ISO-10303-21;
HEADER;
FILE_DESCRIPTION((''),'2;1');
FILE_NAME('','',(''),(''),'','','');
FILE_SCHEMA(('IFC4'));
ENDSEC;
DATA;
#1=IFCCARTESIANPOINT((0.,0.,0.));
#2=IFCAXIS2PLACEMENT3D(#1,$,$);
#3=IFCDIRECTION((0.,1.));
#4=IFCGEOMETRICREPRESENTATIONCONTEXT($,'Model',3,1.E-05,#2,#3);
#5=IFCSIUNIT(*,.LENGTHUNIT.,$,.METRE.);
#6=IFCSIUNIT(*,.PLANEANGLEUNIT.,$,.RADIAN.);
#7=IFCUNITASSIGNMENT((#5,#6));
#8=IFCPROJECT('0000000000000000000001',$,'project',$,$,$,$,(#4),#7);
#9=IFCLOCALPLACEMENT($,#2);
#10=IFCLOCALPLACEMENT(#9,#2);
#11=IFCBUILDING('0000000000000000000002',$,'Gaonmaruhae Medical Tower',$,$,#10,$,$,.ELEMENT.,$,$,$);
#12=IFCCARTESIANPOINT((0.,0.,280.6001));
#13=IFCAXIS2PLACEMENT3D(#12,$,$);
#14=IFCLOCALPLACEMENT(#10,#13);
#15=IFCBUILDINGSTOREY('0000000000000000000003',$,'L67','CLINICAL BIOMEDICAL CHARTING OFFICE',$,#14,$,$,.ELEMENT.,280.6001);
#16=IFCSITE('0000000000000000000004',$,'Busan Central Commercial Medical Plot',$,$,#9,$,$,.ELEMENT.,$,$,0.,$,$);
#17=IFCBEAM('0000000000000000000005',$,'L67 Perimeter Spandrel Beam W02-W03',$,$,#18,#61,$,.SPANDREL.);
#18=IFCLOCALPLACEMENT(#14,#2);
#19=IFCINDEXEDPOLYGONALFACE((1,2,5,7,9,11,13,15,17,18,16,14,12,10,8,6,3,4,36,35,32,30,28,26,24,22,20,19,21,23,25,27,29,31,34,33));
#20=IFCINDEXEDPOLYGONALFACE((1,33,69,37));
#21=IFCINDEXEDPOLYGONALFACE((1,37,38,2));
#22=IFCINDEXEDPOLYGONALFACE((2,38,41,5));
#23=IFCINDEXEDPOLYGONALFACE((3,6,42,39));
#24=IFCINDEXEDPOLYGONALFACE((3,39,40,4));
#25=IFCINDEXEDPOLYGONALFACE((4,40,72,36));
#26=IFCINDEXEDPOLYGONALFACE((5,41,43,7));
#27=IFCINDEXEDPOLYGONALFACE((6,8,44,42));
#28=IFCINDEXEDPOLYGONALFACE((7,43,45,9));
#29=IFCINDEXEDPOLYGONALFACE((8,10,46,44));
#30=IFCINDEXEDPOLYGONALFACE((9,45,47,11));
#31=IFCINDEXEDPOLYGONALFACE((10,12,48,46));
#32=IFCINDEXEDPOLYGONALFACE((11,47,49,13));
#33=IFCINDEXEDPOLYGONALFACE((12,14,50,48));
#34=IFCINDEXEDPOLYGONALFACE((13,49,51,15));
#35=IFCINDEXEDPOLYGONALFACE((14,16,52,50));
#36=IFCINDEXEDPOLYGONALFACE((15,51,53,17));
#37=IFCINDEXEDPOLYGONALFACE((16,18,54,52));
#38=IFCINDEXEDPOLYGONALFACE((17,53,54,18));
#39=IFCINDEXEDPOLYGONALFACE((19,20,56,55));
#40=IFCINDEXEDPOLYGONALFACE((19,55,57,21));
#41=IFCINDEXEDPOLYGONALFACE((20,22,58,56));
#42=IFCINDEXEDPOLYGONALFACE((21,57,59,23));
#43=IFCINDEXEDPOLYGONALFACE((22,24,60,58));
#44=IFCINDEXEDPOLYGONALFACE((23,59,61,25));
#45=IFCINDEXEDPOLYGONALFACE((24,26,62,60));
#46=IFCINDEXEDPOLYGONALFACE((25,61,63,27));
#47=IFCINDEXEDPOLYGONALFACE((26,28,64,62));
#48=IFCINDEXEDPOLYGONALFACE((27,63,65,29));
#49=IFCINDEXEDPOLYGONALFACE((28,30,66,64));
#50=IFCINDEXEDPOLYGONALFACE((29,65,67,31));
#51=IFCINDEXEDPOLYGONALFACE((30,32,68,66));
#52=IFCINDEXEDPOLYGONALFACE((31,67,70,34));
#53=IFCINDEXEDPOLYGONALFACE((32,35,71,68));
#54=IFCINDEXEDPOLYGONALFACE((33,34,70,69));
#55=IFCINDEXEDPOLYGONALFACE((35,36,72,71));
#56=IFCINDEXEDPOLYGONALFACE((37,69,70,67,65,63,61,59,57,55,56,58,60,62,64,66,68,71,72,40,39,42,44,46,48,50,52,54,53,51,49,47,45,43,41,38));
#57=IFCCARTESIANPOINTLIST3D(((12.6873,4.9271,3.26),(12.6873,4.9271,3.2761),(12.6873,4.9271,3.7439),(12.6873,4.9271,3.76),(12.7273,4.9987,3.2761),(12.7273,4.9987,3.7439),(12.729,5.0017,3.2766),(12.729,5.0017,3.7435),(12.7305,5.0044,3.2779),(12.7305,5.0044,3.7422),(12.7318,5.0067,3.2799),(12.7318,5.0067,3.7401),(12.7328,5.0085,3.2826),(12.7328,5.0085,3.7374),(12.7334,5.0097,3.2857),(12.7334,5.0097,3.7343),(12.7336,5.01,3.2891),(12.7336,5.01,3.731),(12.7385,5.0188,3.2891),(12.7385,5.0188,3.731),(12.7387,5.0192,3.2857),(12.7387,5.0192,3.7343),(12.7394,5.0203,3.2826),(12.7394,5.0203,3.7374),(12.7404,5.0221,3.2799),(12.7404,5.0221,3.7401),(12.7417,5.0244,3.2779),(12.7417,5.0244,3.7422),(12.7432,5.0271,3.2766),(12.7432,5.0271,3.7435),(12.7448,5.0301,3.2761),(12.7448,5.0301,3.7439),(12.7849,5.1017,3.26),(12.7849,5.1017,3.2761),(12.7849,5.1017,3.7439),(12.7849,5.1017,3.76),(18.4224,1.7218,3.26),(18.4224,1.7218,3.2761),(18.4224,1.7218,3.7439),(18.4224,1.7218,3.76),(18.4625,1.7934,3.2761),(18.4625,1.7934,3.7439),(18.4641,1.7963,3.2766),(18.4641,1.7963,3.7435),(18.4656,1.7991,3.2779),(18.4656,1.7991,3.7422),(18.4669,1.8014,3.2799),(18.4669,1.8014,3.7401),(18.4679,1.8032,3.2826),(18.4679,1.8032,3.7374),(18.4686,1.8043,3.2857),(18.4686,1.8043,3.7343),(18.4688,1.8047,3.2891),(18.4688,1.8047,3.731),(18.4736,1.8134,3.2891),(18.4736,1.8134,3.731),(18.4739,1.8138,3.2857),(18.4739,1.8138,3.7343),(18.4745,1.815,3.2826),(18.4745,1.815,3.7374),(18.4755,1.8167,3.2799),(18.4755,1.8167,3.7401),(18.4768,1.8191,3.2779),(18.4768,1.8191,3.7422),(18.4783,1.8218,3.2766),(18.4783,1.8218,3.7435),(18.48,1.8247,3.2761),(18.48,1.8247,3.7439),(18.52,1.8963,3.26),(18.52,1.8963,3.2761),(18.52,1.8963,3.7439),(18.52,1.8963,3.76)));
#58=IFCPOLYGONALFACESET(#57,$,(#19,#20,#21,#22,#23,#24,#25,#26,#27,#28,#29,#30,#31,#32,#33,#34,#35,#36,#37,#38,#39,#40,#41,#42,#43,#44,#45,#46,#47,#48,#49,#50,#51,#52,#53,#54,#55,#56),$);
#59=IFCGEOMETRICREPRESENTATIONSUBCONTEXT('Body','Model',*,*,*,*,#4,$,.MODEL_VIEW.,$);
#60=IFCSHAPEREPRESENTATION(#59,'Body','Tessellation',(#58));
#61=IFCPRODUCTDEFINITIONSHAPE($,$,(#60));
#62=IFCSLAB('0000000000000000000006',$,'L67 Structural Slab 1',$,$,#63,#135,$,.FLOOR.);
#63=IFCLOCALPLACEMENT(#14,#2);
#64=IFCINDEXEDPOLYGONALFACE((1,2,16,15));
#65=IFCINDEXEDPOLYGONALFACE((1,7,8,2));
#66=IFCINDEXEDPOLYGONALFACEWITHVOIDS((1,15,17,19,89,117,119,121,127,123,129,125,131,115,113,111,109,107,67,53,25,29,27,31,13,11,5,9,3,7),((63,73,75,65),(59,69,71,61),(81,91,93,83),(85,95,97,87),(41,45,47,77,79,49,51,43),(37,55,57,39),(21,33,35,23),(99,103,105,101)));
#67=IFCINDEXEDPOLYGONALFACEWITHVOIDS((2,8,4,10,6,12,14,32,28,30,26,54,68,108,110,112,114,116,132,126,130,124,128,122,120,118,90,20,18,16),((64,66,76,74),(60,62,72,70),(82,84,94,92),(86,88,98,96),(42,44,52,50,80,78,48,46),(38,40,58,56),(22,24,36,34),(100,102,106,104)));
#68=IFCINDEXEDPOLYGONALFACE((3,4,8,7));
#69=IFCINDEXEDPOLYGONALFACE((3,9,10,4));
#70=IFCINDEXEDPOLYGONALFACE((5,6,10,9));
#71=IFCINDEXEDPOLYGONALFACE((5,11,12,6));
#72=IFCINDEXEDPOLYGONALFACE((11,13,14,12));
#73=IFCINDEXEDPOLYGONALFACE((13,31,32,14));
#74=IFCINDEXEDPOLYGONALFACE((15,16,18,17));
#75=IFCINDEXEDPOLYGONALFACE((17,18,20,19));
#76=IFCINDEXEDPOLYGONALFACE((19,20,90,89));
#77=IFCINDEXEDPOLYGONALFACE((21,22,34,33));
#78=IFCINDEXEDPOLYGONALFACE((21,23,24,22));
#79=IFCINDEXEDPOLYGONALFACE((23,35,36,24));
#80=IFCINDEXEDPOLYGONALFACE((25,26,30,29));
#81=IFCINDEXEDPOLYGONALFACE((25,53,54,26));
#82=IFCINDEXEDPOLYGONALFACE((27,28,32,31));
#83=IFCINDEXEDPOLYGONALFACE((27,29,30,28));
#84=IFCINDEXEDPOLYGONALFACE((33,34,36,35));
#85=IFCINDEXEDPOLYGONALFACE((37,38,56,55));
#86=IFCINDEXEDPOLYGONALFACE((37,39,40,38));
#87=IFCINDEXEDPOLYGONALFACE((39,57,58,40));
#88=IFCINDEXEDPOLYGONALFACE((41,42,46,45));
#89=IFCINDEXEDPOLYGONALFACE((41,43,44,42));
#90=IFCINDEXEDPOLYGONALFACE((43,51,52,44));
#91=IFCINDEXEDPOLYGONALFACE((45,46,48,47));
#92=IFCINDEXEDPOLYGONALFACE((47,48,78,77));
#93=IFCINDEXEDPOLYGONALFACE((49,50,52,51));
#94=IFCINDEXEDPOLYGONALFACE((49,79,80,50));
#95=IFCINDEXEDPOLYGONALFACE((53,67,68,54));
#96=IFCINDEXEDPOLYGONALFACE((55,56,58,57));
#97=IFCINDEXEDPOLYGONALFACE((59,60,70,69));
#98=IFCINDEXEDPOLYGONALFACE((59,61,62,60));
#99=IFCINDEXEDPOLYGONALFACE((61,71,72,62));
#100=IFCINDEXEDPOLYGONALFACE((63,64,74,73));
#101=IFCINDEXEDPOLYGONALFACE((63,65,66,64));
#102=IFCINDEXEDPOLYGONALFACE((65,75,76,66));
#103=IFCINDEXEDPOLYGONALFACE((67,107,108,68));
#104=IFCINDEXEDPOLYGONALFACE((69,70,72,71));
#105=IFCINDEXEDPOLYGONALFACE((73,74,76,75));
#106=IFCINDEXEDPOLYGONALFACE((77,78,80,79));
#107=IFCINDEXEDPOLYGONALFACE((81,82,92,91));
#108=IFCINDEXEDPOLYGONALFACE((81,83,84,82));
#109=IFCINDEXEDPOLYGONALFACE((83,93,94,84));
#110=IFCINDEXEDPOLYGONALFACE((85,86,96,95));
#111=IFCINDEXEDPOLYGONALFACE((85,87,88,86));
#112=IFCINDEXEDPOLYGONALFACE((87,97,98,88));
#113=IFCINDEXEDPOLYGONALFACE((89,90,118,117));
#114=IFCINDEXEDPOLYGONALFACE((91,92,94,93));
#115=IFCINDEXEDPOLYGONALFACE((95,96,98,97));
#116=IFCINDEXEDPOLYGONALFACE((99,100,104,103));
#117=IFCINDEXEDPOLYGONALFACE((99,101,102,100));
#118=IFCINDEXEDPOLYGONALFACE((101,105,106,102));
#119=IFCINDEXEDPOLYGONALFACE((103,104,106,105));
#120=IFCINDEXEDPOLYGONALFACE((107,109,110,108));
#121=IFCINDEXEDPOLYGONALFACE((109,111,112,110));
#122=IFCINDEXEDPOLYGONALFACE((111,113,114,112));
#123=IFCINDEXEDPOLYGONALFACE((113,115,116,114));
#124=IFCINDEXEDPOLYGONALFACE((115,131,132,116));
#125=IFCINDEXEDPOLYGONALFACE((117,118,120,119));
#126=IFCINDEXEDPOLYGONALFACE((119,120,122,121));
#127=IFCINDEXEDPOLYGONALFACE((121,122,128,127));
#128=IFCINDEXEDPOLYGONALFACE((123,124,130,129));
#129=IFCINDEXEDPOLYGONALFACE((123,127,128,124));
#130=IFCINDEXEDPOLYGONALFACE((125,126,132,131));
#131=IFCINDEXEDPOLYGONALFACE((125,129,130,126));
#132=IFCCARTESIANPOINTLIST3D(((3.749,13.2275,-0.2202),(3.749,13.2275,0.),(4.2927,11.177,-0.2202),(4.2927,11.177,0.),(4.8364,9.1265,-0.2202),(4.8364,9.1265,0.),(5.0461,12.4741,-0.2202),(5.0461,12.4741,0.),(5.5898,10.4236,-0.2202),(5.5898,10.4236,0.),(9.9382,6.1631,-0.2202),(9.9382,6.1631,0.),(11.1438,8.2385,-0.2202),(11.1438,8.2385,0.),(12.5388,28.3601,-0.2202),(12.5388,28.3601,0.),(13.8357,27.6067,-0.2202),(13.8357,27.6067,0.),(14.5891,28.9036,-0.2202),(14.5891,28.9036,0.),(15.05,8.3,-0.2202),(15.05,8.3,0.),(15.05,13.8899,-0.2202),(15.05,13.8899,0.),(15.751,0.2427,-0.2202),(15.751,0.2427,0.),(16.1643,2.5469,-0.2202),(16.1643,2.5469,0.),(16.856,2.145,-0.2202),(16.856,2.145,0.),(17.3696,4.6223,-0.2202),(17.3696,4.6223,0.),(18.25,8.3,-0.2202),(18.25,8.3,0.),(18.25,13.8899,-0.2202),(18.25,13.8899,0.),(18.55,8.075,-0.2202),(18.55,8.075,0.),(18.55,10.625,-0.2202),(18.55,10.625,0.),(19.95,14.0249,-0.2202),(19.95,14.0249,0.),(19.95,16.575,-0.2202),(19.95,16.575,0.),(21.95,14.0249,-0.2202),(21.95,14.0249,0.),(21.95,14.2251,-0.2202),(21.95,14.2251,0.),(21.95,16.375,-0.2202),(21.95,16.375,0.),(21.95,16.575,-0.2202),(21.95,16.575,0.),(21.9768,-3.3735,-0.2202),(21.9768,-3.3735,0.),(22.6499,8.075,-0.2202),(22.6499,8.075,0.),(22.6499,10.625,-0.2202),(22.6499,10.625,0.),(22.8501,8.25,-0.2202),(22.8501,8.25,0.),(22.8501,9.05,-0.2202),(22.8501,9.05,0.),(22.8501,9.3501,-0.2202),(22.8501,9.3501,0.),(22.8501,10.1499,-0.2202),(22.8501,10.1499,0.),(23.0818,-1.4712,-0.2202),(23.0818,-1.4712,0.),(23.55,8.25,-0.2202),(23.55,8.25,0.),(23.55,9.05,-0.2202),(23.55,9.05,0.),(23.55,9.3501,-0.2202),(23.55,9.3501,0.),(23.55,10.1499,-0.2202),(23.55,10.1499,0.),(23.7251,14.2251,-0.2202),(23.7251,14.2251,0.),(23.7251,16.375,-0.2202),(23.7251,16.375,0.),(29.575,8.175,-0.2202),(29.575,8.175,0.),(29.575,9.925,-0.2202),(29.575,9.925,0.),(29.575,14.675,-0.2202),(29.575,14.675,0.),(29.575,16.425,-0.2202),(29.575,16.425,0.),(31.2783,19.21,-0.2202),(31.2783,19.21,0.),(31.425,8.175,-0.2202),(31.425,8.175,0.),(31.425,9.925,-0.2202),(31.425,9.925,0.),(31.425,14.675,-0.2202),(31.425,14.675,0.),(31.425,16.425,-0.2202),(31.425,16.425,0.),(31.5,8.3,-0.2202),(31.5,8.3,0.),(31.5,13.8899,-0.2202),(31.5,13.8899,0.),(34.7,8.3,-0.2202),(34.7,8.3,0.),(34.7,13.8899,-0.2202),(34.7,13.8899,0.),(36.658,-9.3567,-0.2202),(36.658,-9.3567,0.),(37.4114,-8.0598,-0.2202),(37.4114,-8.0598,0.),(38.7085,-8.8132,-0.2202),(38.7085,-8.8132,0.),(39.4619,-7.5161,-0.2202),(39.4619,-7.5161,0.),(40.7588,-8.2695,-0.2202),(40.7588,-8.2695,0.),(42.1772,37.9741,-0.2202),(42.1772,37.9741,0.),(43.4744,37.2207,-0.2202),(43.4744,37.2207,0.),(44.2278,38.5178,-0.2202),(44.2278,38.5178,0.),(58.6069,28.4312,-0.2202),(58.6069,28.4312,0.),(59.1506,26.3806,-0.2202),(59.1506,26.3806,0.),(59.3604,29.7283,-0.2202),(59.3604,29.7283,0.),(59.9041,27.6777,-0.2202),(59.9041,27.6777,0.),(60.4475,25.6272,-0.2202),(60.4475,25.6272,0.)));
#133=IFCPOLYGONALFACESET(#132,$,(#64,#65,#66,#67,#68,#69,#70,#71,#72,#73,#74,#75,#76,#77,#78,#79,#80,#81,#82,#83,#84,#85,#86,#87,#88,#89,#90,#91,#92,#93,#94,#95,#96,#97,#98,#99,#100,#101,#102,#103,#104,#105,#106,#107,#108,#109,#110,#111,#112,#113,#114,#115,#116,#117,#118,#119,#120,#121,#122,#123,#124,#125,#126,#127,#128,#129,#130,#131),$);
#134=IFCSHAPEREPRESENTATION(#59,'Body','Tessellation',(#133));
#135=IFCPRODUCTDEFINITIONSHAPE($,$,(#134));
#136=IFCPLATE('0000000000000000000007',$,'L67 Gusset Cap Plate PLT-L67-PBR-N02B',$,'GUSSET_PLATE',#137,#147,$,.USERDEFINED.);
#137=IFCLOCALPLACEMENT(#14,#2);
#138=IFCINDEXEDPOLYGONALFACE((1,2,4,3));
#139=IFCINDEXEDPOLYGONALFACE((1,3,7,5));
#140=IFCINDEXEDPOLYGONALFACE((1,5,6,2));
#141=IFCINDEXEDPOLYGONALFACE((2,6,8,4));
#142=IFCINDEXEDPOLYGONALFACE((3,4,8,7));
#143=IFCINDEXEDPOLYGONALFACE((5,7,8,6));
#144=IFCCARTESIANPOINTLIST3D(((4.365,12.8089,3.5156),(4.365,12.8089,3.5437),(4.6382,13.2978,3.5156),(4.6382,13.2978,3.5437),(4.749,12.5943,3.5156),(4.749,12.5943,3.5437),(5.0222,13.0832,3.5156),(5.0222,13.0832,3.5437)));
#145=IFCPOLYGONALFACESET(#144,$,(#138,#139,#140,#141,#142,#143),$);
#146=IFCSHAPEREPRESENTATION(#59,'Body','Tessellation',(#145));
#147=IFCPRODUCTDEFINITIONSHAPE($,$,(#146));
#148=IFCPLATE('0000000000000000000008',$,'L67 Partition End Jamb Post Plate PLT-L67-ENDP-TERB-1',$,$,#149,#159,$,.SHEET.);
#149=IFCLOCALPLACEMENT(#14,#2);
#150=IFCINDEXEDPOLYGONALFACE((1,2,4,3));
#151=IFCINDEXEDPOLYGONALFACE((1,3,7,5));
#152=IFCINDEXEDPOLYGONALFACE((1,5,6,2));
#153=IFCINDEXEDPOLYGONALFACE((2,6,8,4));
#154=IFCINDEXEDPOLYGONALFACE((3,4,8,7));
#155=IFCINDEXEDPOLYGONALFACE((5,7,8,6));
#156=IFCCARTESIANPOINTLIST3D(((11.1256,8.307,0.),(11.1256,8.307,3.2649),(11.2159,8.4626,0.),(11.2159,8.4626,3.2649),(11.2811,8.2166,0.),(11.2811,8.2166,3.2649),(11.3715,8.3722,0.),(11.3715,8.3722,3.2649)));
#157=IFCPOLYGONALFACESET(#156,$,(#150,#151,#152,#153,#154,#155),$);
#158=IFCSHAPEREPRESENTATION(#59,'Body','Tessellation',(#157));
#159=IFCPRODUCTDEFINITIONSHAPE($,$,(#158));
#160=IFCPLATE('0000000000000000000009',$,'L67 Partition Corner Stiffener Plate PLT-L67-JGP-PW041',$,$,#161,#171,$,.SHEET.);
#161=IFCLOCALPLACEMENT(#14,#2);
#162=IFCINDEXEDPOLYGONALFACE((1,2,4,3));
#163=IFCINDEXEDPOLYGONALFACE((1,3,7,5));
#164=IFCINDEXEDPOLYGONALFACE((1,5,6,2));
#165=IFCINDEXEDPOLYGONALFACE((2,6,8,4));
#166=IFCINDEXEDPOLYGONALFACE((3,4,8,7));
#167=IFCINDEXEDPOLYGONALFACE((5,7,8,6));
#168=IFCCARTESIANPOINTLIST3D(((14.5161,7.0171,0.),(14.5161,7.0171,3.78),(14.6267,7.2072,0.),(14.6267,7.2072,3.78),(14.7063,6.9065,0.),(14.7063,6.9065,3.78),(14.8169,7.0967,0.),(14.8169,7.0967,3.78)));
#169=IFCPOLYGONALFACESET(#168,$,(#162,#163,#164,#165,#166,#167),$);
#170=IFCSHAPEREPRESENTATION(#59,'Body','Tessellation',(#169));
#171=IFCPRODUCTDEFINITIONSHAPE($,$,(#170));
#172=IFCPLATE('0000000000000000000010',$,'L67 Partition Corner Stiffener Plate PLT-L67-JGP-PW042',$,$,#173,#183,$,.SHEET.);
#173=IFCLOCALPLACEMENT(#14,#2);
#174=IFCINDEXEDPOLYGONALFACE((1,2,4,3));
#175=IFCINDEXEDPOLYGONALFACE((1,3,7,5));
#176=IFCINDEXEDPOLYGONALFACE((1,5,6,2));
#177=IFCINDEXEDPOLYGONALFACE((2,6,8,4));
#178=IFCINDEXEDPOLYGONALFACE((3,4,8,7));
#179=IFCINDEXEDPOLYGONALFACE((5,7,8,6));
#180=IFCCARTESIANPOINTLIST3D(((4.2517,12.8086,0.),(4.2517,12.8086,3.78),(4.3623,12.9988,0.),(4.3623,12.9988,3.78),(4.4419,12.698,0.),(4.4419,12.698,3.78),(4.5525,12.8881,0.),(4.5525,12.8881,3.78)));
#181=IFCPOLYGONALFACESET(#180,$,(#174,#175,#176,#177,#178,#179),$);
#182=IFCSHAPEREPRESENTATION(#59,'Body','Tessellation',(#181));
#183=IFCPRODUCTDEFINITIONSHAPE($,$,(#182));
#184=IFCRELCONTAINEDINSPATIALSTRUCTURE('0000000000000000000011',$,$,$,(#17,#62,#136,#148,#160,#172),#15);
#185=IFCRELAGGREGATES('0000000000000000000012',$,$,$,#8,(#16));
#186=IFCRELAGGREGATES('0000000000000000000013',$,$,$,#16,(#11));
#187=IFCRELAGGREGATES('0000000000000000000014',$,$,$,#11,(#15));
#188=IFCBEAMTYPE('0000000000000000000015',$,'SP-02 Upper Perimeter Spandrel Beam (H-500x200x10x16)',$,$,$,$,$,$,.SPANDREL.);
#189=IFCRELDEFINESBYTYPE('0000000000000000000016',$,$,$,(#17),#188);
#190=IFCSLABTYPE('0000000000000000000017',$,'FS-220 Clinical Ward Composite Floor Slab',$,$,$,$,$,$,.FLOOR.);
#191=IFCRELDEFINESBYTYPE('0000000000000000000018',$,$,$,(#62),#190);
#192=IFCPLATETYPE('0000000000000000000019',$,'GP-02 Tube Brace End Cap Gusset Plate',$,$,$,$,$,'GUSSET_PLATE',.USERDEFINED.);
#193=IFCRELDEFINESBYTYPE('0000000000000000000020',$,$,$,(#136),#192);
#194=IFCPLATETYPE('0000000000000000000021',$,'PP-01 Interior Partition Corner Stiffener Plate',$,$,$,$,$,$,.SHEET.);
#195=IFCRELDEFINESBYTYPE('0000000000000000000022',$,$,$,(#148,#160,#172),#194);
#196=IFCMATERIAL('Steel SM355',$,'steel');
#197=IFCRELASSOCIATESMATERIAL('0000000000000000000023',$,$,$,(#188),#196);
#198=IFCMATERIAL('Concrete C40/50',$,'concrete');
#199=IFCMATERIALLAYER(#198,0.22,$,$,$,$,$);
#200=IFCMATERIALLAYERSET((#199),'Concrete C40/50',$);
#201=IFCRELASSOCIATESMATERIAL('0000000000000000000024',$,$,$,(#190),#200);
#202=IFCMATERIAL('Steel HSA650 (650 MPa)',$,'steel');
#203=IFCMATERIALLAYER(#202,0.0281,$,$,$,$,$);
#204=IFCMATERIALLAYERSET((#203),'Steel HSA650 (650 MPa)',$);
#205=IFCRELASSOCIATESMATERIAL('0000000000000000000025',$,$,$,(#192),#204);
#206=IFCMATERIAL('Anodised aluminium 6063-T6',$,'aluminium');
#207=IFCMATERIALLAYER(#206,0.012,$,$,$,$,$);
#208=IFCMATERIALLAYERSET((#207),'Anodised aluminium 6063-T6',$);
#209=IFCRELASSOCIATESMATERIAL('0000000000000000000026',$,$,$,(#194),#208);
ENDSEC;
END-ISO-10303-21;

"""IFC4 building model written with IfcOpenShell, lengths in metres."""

from ifc_helpers import new_model, si_unit, direction, frame, origin, origin_2d, place, context, subcontext, project, spatial, polyline, rectangle, i_section, outline, extrude, material, layer, layer_set, material_profile, profile_set, type_object, element, save


model = new_model("IFC4")

# Units and contexts
model_context = context("Model", 3, precision=1e-05, world=origin(), true_north=direction((0.0, 1.0)))
body_context = subcontext(model_context, "Body", "Model", "MODEL_VIEW")
ifc_project = project(units=[si_unit("LENGTHUNIT", "METRE"), si_unit("PLANEANGLEUNIT", "RADIAN")], contexts=[model_context])

# Site, building, storey
site_placement = place(None, origin())
site = spatial("IfcSite", under=ifc_project, at=site_placement, Name="Busan Central Commercial Medical Plot", CompositionType="ELEMENT", RefElevation=0.0)
building_placement = place(site_placement, origin())
building = spatial("IfcBuilding", under=site, at=building_placement, Name="Gaonmaruhae Medical Tower", CompositionType="ELEMENT")
storey_placement = place(building_placement, frame((0.0, 0.0, 280.6001)))
storey = spatial("IfcBuildingStorey", under=building, at=storey_placement, Name="L67", Description="CLINICAL BIOMEDICAL CHARTING OFFICE", CompositionType="ELEMENT", Elevation=280.6001)

# Beam
ifc_material_1 = material(Name="Steel SM355", Category="steel")
ifc_material_profile_1 = material_profile(ifc_material_1, i_section(OverallWidth=0.2, OverallDepth=0.5, WebThickness=0.01, FlangeThickness=0.0161, FilletRadius=0.0129, at=origin_2d()), Name="H-500x200x10x16")
ifc_profile_set_1 = profile_set([ifc_material_profile_1], Name="Steel SM355")
beam_type_1 = type_object("IfcBeamType", Name="SP-02 Upper Perimeter Spandrel Beam (H-500x200x10x16)", PredefinedType="SPANDREL", material=ifc_profile_set_1)
beam_1_placement = place(storey_placement, frame((12.7361, 5.0144, 3.51), z_axis=(0.872917, -0.487869, 0.0), x_axis=(0.487869, 0.872917, 0.0)))
element("IfcBeam", 1, at=beam_1_placement, inside=storey, type_object=beam_type_1, Name="L67 Perimeter Spandrel Beam W02-W03", PredefinedType="SPANDREL", context=body_context, shape_type="SweptSolid", body=[
    extrude(i_section(OverallWidth=0.2, OverallDepth=0.5, WebThickness=0.01, FlangeThickness=0.0161, FilletRadius=0.0129, at=origin_2d()), origin(), (0.0, 0.0, 1.0), 6.5701),
])

# Slab
ifc_material_2 = material(Name="Concrete C40/50", Category="concrete")
ifc_layer_1 = layer(ifc_material_2, 0.22)
ifc_layer_set_1 = layer_set([ifc_layer_1], Name="Concrete C40/50")
slab_type_1 = type_object("IfcSlabType", Name="FS-220 Clinical Ward Composite Floor Slab", PredefinedType="FLOOR", material=ifc_layer_set_1)
slab_1_placement = place(storey_placement, frame((0.0, 0.0, -0.2202)))
element("IfcSlab", 2, at=slab_1_placement, inside=storey, type_object=slab_type_1, Name="L67 Structural Slab 1", PredefinedType="FLOOR", context=body_context, shape_type="SweptSolid", body=[
    extrude(outline(polyline([(5.5898, 10.4236), (4.2927, 11.177), (5.0461, 12.4741), (3.749, 13.2275), (12.5388, 28.3601), (13.8357, 27.6067), (14.5891, 28.9036), (31.2783, 19.21), (42.1772, 37.9741), (43.4744, 37.2207), (44.2278, 38.5178), (59.3604, 29.7283), (58.6069, 28.4312), (59.9041, 27.6777), (59.1506, 26.3806), (60.4475, 25.6272), (40.7588, -8.2695), (39.4619, -7.5161), (38.7085, -8.8132), (37.4114, -8.0598), (36.658, -9.3567), (23.0818, -1.4712), (21.9768, -3.3735), (15.751, 0.2427), (16.856, 2.145), (16.1643, 2.5469), (17.3696, 4.6223), (11.1438, 8.2385), (9.9382, 6.1631), (4.8364, 9.1265), (5.5898, 10.4236)]), holes=[polyline([(23.55, 8.25), (22.8501, 8.25), (22.8501, 9.05), (23.55, 9.05), (23.55, 8.25)]), polyline([(29.575, 9.925), (31.425, 9.925), (31.425, 8.175), (29.575, 8.175), (29.575, 9.925)]), polyline([(18.55, 10.625), (22.6499, 10.625), (22.6499, 8.075), (18.55, 8.075), (18.55, 10.625)]), polyline([(23.55, 9.3501), (22.8501, 9.3501), (22.8501, 10.1499), (23.55, 10.1499), (23.55, 9.3501)]), polyline([(15.05, 13.8899), (18.25, 13.8899), (18.25, 8.3), (15.05, 8.3), (15.05, 13.8899)]), polyline([(31.5, 13.8899), (34.7, 13.8899), (34.7, 8.3), (31.5, 8.3), (31.5, 13.8899)]), polyline([(23.7251, 14.2251), (21.95, 14.2251), (21.95, 14.0249), (19.95, 14.0249), (19.95, 16.575), (21.95, 16.575), (21.95, 16.375), (23.7251, 16.375), (23.7251, 14.2251)]), polyline([(31.425, 16.425), (31.425, 14.675), (29.575, 14.675), (29.575, 16.425), (31.425, 16.425)])]), origin(), (0.0, 0.0, 1.0), 0.2202),
])

# Plates
ifc_material_3 = material(Name="Steel HSA650 (650 MPa)", Category="steel")
ifc_layer_2 = layer(ifc_material_3, 0.0281)
ifc_layer_set_2 = layer_set([ifc_layer_2], Name="Steel HSA650 (650 MPa)")
plate_type_1 = type_object("IfcPlateType", Name="GP-02 Tube Brace End Cap Gusset Plate", ElementType="GUSSET_PLATE", PredefinedType="USERDEFINED", material=ifc_layer_set_2)
plate_1_placement = place(storey_placement, frame((4.6936, 12.946, 3.5156), z_axis=(0.0, 0.0, 1.0), x_axis=(0.48786, 0.872922, 0.0)))
element("IfcPlate", 3, at=plate_1_placement, inside=storey, type_object=plate_type_1, Name="L67 Gusset Cap Plate PLT-L67-PBR-N02B", ObjectType="GUSSET_PLATE", PredefinedType="USERDEFINED", context=body_context, shape_type="SweptSolid", body=[
    extrude(rectangle(XDim=0.5601, YDim=0.4399, at=origin_2d()), origin(), (0.0, 0.0, 1.0), 0.0281),
])
ifc_material_4 = material(Name="Anodised aluminium 6063-T6", Category="aluminium")
ifc_layer_3 = layer(ifc_material_4, 0.012)
ifc_layer_set_3 = layer_set([ifc_layer_3], Name="Anodised aluminium 6063-T6")
plate_type_2 = type_object("IfcPlateType", Name="PP-01 Interior Partition Corner Stiffener Plate", PredefinedType="SHEET", material=ifc_layer_set_3)
plate_2_placement = place(storey_placement, frame((11.2485, 8.3396, 0.0), z_axis=(0.0, 0.0, 1.0), x_axis=(-0.864713, 0.502266, 0.0)))
element("IfcPlate", 4, at=plate_2_placement, inside=storey, type_object=plate_type_2, Name="L67 Partition End Jamb Post Plate PLT-L67-ENDP-TERB-1", PredefinedType="SHEET", context=body_context, shape_type="SweptSolid", body=[
    extrude(rectangle(XDim=0.1799, YDim=0.1799, at=origin_2d()), origin(), (0.0, 0.0, 1.0), 3.2649),
])
for number, where, z_axis, x_axis, name in (
    (5, (14.6665, 7.0569, 0.0), (0.0, 0.0, 1.0), (-0.502537, -0.864556, 0.0), "L67 Partition Corner Stiffener Plate PLT-L67-JGP-PW041"),
    (6, (4.4021, 12.8484, 0.0), (0.0, 0.0, 1.0), (-0.864363, 0.502869, 0.0), "L67 Partition Corner Stiffener Plate PLT-L67-JGP-PW042"),
):
    element("IfcPlate", number, at=place(storey_placement, frame(where, z_axis=z_axis, x_axis=x_axis)), inside=storey, type_object=plate_type_2, Name=name, PredefinedType="SHEET", context=body_context, shape_type="SweptSolid", body=[
        extrude(rectangle(XDim=0.22, YDim=0.22, at=origin_2d()), origin(), (0.0, 0.0, 1.0), 3.78),
    ])

save(model, "model.ifc")
